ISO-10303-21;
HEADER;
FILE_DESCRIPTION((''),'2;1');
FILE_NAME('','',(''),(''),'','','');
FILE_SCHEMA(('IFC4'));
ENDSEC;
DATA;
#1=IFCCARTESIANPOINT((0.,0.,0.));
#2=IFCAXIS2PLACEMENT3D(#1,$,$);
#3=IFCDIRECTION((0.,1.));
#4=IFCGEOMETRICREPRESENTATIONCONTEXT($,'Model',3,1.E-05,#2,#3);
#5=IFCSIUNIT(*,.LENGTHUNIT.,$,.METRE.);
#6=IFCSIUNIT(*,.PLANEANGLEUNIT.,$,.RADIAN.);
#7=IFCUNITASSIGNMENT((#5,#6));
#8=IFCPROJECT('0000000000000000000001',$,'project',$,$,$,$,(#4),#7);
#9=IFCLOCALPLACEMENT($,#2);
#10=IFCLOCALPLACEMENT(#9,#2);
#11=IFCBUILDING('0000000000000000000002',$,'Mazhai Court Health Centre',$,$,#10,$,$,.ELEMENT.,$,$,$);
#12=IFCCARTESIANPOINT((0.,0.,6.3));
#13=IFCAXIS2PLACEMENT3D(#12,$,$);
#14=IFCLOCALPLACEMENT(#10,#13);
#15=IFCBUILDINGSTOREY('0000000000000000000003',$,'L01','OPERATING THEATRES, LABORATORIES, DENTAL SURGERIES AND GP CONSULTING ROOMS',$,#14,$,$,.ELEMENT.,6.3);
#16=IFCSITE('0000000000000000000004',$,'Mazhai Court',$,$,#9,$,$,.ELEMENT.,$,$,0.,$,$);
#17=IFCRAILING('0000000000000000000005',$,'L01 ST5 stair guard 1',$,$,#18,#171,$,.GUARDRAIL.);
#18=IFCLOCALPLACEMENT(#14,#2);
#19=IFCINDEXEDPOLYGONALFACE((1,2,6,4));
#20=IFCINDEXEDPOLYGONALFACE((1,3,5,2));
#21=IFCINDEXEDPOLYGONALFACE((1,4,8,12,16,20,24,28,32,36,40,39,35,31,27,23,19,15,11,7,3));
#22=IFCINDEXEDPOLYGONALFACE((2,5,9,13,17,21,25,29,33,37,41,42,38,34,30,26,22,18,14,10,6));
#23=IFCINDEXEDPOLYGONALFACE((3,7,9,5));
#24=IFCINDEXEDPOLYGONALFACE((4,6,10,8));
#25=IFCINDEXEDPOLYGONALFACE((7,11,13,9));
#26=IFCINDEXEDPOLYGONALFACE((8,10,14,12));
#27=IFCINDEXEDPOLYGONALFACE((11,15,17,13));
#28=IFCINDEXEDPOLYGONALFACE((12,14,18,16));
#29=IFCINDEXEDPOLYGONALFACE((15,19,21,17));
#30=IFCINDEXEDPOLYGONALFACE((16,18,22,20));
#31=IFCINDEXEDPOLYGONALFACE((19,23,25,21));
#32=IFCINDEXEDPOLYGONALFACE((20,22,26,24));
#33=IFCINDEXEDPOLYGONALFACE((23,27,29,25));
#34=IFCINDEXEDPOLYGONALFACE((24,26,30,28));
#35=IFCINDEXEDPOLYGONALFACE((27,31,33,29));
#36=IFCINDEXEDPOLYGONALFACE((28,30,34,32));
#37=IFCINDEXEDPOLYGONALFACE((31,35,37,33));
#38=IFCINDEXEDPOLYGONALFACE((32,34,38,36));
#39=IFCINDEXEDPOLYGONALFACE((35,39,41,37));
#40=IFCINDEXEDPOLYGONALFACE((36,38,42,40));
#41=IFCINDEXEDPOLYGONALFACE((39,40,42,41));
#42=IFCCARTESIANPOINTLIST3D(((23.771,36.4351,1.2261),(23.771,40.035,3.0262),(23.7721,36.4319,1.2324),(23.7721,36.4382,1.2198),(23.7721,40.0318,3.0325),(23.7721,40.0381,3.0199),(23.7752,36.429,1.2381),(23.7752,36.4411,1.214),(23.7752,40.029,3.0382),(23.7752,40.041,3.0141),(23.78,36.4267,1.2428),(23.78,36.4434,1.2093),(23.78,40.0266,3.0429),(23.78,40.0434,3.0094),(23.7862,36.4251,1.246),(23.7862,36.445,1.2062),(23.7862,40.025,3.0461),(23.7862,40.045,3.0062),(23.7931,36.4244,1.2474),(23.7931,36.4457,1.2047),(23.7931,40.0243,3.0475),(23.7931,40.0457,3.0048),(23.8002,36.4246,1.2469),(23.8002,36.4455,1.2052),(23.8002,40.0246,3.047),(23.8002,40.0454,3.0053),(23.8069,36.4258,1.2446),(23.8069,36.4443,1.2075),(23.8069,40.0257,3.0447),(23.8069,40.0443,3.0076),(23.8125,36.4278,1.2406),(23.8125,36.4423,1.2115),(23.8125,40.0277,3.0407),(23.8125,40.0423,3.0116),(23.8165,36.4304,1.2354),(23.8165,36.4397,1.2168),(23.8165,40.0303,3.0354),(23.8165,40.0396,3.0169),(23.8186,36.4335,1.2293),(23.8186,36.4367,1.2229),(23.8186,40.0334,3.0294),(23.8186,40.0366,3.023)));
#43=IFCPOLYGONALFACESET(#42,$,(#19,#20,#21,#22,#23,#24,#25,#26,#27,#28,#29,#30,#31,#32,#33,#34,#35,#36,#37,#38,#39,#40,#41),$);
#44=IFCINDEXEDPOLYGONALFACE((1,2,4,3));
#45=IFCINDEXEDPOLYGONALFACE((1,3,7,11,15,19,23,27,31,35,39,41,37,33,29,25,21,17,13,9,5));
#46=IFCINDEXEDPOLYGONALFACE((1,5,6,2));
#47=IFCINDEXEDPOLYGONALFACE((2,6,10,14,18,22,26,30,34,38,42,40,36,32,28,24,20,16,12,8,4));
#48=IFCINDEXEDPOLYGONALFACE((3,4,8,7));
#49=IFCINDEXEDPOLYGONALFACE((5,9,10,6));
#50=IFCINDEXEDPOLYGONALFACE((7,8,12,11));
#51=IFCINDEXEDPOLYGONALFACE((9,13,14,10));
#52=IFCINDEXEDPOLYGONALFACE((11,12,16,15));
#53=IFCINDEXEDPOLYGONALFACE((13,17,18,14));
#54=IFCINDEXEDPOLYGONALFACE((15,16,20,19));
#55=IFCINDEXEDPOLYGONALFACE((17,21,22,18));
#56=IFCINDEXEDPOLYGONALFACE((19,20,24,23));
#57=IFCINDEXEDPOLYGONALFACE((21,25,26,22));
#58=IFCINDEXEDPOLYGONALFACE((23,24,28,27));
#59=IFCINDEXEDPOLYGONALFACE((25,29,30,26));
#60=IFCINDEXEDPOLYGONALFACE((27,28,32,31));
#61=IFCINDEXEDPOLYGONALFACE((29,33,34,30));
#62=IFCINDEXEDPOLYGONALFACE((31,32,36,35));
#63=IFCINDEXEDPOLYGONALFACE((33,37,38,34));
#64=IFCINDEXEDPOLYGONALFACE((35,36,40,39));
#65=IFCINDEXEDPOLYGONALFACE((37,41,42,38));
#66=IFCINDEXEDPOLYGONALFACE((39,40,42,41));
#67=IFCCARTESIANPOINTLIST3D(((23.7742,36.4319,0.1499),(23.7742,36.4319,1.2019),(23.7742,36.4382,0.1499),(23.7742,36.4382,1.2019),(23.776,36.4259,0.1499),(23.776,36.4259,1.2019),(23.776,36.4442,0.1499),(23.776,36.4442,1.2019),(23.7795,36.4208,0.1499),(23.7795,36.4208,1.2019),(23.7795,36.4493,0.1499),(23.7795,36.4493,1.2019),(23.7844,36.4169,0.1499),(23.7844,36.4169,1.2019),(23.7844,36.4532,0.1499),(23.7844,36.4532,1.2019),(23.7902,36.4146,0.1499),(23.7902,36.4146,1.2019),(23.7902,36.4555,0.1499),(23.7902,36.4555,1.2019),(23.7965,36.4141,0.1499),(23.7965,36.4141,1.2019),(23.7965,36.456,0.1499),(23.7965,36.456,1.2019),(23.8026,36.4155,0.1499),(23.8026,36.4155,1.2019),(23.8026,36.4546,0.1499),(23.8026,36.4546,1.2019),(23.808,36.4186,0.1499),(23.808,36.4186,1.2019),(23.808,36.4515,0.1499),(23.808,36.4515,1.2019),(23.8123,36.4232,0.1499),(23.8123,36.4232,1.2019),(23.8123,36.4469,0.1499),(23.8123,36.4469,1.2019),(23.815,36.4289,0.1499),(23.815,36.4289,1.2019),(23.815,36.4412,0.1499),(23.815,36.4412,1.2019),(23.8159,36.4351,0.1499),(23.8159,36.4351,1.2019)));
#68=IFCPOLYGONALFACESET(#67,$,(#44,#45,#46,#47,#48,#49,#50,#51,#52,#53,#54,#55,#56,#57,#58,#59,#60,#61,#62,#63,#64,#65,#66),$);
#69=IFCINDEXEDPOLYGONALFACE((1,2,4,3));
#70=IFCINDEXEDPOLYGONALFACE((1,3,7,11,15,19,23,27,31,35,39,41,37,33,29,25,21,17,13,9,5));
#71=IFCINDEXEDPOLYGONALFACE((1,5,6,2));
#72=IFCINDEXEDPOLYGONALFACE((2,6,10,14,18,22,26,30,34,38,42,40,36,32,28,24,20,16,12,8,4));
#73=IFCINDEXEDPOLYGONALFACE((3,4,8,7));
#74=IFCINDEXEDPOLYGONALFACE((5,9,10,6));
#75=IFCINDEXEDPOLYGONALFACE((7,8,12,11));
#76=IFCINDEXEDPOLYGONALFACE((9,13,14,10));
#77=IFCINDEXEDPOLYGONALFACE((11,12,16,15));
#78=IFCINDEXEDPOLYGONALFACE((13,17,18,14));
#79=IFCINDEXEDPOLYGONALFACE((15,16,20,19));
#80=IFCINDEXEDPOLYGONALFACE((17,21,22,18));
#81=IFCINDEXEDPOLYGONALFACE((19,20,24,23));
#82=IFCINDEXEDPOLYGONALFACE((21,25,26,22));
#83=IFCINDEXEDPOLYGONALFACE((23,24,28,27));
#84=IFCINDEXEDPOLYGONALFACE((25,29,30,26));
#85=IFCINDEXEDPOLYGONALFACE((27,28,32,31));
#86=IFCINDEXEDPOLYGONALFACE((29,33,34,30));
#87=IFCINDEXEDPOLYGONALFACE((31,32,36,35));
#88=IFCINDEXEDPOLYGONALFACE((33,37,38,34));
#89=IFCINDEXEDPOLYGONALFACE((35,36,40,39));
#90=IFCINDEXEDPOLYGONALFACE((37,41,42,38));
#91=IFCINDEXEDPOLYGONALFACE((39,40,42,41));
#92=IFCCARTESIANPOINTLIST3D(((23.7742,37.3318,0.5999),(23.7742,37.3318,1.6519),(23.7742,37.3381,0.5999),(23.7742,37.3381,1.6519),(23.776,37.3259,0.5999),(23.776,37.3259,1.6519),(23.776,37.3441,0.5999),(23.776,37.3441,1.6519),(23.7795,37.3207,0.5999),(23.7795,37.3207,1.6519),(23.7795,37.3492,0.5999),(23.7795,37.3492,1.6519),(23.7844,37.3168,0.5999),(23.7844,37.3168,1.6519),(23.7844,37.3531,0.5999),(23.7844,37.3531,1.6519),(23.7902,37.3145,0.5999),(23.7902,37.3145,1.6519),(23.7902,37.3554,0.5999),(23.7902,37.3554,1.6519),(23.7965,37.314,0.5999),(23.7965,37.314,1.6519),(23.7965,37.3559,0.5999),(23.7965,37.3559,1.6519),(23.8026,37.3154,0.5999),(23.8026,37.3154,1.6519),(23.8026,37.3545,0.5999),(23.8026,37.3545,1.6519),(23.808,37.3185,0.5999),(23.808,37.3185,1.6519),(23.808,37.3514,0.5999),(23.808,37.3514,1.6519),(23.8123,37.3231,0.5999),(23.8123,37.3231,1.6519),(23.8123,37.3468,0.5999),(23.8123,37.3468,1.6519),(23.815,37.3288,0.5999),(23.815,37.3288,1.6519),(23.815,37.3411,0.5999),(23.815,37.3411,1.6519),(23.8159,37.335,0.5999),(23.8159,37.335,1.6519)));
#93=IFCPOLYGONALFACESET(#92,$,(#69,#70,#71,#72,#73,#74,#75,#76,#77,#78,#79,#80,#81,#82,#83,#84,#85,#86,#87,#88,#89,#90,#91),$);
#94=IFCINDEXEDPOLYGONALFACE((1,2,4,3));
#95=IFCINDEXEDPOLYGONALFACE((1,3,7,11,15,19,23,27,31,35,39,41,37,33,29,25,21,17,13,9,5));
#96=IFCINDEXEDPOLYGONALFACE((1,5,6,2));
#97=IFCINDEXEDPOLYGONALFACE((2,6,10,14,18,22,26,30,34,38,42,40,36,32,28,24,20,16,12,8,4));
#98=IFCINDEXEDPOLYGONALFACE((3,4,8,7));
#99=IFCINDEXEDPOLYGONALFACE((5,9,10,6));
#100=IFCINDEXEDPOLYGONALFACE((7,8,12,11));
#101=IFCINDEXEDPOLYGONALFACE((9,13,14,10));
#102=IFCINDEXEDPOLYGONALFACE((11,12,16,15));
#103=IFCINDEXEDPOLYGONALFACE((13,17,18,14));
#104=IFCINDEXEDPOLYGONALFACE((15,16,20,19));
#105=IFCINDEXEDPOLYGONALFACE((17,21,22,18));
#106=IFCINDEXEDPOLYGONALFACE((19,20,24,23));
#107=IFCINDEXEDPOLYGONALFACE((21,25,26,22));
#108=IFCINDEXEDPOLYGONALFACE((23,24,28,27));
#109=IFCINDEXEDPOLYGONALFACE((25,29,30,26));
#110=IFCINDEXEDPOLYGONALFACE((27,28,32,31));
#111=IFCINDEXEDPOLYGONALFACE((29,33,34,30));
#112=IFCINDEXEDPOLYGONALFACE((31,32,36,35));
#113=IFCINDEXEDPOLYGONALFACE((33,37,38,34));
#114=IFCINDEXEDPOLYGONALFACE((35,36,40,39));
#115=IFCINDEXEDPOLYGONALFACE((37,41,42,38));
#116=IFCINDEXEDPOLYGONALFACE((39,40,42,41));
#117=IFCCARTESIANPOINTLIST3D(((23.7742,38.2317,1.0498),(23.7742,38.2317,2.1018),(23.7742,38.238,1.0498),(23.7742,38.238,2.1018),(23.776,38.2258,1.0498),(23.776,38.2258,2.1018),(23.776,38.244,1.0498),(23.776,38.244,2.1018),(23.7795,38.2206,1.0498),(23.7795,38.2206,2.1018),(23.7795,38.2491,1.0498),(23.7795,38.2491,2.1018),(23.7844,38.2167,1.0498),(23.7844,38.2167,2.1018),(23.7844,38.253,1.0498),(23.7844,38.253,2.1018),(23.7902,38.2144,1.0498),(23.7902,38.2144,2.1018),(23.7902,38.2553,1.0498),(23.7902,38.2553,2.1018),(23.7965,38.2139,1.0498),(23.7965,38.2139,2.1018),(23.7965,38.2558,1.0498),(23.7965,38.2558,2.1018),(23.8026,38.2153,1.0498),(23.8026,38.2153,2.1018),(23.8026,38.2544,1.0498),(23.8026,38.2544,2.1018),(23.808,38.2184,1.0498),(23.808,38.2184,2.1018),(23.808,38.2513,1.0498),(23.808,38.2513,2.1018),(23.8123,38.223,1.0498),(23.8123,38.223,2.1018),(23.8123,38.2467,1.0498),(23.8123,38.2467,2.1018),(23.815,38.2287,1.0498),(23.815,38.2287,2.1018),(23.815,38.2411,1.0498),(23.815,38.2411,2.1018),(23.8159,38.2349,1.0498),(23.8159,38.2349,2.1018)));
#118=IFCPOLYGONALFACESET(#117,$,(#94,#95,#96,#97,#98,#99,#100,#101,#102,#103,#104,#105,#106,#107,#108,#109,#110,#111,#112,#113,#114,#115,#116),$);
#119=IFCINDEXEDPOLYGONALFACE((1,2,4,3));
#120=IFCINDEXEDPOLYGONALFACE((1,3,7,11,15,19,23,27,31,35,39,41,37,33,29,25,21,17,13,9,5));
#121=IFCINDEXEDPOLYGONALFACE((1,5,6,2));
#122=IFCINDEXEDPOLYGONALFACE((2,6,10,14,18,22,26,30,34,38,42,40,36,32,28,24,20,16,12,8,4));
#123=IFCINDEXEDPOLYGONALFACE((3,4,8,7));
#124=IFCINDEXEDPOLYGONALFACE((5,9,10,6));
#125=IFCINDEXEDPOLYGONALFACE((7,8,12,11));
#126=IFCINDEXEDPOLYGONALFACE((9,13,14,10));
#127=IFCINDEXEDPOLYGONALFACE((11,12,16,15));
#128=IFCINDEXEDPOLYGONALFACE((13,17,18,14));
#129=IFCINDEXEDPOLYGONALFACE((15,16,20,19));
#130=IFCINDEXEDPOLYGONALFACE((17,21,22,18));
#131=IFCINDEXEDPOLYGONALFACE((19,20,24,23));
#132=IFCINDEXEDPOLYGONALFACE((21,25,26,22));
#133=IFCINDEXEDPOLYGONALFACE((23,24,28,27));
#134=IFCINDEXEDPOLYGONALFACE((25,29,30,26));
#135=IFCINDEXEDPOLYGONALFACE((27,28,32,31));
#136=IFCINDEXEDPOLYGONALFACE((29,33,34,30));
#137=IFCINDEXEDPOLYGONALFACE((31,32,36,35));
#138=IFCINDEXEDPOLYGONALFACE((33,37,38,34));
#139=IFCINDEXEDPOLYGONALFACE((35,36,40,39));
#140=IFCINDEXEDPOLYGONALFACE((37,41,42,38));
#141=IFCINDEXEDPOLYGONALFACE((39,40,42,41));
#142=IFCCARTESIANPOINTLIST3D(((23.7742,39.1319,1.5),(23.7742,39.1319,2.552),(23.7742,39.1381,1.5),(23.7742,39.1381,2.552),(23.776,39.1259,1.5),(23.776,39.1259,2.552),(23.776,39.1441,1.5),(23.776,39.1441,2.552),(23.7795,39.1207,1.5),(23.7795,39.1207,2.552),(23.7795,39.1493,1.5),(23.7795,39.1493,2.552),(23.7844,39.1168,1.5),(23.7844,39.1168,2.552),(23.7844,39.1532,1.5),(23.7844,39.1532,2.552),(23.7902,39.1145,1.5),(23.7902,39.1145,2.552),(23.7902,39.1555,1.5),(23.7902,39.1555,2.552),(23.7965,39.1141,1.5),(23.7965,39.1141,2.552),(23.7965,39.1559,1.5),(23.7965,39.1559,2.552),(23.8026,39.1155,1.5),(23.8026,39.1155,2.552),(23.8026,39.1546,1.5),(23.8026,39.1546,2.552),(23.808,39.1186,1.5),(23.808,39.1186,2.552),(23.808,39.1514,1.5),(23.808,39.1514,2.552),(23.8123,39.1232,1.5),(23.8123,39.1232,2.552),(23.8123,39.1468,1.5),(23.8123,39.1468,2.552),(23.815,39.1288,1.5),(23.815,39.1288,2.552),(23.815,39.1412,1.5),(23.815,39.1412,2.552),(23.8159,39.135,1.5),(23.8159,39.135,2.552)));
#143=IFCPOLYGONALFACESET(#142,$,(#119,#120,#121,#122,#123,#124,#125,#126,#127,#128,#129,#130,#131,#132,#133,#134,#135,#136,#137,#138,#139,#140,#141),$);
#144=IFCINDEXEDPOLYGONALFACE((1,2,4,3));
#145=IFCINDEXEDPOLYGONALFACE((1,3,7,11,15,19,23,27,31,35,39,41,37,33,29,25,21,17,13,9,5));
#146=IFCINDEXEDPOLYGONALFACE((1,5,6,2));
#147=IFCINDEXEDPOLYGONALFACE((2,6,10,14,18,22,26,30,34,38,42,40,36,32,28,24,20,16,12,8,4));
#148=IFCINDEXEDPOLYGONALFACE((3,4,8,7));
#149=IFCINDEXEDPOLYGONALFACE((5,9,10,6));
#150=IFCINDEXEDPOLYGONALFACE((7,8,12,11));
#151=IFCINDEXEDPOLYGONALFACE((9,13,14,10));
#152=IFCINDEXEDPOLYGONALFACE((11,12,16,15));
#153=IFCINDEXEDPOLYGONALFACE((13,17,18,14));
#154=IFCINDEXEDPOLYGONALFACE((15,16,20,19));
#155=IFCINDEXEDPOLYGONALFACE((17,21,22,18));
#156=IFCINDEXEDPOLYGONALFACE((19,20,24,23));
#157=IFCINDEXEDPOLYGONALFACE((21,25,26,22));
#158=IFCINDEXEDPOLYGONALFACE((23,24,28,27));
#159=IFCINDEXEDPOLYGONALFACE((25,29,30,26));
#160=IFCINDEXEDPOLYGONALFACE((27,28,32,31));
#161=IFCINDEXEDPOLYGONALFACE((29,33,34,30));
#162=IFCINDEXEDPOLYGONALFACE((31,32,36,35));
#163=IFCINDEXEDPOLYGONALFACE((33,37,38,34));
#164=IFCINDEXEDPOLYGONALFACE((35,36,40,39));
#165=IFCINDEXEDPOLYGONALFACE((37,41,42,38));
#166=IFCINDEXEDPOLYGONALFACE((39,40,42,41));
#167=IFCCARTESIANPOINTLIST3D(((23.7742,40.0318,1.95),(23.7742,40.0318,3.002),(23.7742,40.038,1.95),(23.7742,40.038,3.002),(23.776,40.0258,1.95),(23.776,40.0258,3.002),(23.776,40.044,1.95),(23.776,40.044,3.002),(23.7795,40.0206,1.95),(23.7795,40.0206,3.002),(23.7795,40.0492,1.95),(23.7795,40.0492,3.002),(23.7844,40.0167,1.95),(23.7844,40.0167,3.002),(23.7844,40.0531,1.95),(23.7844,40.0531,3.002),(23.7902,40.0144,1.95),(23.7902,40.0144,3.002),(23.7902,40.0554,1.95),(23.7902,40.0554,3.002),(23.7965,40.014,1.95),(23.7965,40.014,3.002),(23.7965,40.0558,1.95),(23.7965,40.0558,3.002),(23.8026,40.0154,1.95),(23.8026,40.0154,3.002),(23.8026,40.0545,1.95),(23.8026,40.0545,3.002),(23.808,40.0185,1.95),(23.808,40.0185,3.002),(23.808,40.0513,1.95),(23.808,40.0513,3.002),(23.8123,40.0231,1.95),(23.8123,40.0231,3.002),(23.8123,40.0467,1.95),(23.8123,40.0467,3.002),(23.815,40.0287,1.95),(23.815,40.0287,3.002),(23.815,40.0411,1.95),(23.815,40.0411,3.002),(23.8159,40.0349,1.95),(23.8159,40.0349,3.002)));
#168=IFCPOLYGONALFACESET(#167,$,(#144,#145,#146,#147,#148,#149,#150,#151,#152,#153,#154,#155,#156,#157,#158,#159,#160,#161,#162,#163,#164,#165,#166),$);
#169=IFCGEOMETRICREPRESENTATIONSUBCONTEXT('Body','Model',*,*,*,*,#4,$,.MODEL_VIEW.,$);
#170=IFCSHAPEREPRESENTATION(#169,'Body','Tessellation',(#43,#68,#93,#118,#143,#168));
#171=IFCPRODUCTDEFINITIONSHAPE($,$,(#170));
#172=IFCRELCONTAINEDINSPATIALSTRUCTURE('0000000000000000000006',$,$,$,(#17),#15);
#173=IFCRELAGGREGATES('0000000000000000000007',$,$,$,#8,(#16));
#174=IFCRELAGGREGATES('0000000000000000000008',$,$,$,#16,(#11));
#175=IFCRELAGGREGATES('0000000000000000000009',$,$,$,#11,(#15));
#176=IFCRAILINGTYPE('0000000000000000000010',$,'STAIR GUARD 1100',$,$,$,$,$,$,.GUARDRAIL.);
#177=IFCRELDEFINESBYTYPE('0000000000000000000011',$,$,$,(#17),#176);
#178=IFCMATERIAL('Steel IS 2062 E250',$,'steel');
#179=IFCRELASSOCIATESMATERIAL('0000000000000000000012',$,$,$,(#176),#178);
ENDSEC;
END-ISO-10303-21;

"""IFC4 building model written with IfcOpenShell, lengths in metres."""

from ifc_helpers import new_model, si_unit, direction, frame, origin, origin_2d, place, context, subcontext, project, spatial, circle, extrude, material, type_object, element, save


model = new_model("IFC4")

# Units and contexts
model_context = context("Model", 3, precision=1e-05, world=origin(), true_north=direction((0.0, 1.0)))
body_context = subcontext(model_context, "Body", "Model", "MODEL_VIEW")
ifc_project = project(units=[si_unit("LENGTHUNIT", "METRE"), si_unit("PLANEANGLEUNIT", "RADIAN")], contexts=[model_context])

# Site, building, storey
site_placement = place(None, origin())
site = spatial("IfcSite", under=ifc_project, at=site_placement, Name="Mazhai Court", CompositionType="ELEMENT", RefElevation=0.0)
building_placement = place(site_placement, origin())
building = spatial("IfcBuilding", under=site, at=building_placement, Name="Mazhai Court Health Centre", CompositionType="ELEMENT")
storey_placement = place(building_placement, frame((0.0, 0.0, 6.3)))
storey = spatial("IfcBuildingStorey", under=building, at=storey_placement, Name="L01", Description="OPERATING THEATRES, LABORATORIES, DENTAL SURGERIES AND GP CONSULTING ROOMS", CompositionType="ELEMENT", Elevation=6.3)

# Railing
ifc_material_1 = material(Name="Steel IS 2062 E250", Category="steel")
railing_type_1 = type_object("IfcRailingType", Name="STAIR GUARD 1100", PredefinedType="GUARDRAIL", material=ifc_material_1)
railing_1_placement = place(storey_placement, frame((23.7949, 36.4351, 0.1499)))
element("IfcRailing", 1, at=railing_1_placement, inside=storey, type_object=railing_type_1, Name="L01 ST5 stair guard 1", PredefinedType="GUARDRAIL", context=body_context, shape_type="SweptSolid", body=[
    extrude(circle(Radius=0.0239, at=origin_2d()), frame((0.0, 0.0, 1.0762), z_axis=(0.0, 0.894415, 0.447238), x_axis=(-1.0, 0.0, 0.0)), (0.0, 0.0, 1.0), 4.0249),
    extrude(circle(Radius=0.021, at=origin_2d()), origin(), (0.0, 0.0, 1.0), 1.052),
    extrude(circle(Radius=0.021, at=origin_2d()), frame((0.0, 0.8999, 0.45)), (0.0, 0.0, 1.0), 1.052),
    extrude(circle(Radius=0.021, at=origin_2d()), frame((0.0, 1.7998, 0.8999)), (0.0, 0.0, 1.0), 1.052),
    extrude(circle(Radius=0.021, at=origin_2d()), frame((0.0, 2.7, 1.3501)), (0.0, 0.0, 1.0), 1.052),
    extrude(circle(Radius=0.021, at=origin_2d()), frame((0.0, 3.5999, 1.8)), (0.0, 0.0, 1.0), 1.052),
])

save(model, "model.ifc")
